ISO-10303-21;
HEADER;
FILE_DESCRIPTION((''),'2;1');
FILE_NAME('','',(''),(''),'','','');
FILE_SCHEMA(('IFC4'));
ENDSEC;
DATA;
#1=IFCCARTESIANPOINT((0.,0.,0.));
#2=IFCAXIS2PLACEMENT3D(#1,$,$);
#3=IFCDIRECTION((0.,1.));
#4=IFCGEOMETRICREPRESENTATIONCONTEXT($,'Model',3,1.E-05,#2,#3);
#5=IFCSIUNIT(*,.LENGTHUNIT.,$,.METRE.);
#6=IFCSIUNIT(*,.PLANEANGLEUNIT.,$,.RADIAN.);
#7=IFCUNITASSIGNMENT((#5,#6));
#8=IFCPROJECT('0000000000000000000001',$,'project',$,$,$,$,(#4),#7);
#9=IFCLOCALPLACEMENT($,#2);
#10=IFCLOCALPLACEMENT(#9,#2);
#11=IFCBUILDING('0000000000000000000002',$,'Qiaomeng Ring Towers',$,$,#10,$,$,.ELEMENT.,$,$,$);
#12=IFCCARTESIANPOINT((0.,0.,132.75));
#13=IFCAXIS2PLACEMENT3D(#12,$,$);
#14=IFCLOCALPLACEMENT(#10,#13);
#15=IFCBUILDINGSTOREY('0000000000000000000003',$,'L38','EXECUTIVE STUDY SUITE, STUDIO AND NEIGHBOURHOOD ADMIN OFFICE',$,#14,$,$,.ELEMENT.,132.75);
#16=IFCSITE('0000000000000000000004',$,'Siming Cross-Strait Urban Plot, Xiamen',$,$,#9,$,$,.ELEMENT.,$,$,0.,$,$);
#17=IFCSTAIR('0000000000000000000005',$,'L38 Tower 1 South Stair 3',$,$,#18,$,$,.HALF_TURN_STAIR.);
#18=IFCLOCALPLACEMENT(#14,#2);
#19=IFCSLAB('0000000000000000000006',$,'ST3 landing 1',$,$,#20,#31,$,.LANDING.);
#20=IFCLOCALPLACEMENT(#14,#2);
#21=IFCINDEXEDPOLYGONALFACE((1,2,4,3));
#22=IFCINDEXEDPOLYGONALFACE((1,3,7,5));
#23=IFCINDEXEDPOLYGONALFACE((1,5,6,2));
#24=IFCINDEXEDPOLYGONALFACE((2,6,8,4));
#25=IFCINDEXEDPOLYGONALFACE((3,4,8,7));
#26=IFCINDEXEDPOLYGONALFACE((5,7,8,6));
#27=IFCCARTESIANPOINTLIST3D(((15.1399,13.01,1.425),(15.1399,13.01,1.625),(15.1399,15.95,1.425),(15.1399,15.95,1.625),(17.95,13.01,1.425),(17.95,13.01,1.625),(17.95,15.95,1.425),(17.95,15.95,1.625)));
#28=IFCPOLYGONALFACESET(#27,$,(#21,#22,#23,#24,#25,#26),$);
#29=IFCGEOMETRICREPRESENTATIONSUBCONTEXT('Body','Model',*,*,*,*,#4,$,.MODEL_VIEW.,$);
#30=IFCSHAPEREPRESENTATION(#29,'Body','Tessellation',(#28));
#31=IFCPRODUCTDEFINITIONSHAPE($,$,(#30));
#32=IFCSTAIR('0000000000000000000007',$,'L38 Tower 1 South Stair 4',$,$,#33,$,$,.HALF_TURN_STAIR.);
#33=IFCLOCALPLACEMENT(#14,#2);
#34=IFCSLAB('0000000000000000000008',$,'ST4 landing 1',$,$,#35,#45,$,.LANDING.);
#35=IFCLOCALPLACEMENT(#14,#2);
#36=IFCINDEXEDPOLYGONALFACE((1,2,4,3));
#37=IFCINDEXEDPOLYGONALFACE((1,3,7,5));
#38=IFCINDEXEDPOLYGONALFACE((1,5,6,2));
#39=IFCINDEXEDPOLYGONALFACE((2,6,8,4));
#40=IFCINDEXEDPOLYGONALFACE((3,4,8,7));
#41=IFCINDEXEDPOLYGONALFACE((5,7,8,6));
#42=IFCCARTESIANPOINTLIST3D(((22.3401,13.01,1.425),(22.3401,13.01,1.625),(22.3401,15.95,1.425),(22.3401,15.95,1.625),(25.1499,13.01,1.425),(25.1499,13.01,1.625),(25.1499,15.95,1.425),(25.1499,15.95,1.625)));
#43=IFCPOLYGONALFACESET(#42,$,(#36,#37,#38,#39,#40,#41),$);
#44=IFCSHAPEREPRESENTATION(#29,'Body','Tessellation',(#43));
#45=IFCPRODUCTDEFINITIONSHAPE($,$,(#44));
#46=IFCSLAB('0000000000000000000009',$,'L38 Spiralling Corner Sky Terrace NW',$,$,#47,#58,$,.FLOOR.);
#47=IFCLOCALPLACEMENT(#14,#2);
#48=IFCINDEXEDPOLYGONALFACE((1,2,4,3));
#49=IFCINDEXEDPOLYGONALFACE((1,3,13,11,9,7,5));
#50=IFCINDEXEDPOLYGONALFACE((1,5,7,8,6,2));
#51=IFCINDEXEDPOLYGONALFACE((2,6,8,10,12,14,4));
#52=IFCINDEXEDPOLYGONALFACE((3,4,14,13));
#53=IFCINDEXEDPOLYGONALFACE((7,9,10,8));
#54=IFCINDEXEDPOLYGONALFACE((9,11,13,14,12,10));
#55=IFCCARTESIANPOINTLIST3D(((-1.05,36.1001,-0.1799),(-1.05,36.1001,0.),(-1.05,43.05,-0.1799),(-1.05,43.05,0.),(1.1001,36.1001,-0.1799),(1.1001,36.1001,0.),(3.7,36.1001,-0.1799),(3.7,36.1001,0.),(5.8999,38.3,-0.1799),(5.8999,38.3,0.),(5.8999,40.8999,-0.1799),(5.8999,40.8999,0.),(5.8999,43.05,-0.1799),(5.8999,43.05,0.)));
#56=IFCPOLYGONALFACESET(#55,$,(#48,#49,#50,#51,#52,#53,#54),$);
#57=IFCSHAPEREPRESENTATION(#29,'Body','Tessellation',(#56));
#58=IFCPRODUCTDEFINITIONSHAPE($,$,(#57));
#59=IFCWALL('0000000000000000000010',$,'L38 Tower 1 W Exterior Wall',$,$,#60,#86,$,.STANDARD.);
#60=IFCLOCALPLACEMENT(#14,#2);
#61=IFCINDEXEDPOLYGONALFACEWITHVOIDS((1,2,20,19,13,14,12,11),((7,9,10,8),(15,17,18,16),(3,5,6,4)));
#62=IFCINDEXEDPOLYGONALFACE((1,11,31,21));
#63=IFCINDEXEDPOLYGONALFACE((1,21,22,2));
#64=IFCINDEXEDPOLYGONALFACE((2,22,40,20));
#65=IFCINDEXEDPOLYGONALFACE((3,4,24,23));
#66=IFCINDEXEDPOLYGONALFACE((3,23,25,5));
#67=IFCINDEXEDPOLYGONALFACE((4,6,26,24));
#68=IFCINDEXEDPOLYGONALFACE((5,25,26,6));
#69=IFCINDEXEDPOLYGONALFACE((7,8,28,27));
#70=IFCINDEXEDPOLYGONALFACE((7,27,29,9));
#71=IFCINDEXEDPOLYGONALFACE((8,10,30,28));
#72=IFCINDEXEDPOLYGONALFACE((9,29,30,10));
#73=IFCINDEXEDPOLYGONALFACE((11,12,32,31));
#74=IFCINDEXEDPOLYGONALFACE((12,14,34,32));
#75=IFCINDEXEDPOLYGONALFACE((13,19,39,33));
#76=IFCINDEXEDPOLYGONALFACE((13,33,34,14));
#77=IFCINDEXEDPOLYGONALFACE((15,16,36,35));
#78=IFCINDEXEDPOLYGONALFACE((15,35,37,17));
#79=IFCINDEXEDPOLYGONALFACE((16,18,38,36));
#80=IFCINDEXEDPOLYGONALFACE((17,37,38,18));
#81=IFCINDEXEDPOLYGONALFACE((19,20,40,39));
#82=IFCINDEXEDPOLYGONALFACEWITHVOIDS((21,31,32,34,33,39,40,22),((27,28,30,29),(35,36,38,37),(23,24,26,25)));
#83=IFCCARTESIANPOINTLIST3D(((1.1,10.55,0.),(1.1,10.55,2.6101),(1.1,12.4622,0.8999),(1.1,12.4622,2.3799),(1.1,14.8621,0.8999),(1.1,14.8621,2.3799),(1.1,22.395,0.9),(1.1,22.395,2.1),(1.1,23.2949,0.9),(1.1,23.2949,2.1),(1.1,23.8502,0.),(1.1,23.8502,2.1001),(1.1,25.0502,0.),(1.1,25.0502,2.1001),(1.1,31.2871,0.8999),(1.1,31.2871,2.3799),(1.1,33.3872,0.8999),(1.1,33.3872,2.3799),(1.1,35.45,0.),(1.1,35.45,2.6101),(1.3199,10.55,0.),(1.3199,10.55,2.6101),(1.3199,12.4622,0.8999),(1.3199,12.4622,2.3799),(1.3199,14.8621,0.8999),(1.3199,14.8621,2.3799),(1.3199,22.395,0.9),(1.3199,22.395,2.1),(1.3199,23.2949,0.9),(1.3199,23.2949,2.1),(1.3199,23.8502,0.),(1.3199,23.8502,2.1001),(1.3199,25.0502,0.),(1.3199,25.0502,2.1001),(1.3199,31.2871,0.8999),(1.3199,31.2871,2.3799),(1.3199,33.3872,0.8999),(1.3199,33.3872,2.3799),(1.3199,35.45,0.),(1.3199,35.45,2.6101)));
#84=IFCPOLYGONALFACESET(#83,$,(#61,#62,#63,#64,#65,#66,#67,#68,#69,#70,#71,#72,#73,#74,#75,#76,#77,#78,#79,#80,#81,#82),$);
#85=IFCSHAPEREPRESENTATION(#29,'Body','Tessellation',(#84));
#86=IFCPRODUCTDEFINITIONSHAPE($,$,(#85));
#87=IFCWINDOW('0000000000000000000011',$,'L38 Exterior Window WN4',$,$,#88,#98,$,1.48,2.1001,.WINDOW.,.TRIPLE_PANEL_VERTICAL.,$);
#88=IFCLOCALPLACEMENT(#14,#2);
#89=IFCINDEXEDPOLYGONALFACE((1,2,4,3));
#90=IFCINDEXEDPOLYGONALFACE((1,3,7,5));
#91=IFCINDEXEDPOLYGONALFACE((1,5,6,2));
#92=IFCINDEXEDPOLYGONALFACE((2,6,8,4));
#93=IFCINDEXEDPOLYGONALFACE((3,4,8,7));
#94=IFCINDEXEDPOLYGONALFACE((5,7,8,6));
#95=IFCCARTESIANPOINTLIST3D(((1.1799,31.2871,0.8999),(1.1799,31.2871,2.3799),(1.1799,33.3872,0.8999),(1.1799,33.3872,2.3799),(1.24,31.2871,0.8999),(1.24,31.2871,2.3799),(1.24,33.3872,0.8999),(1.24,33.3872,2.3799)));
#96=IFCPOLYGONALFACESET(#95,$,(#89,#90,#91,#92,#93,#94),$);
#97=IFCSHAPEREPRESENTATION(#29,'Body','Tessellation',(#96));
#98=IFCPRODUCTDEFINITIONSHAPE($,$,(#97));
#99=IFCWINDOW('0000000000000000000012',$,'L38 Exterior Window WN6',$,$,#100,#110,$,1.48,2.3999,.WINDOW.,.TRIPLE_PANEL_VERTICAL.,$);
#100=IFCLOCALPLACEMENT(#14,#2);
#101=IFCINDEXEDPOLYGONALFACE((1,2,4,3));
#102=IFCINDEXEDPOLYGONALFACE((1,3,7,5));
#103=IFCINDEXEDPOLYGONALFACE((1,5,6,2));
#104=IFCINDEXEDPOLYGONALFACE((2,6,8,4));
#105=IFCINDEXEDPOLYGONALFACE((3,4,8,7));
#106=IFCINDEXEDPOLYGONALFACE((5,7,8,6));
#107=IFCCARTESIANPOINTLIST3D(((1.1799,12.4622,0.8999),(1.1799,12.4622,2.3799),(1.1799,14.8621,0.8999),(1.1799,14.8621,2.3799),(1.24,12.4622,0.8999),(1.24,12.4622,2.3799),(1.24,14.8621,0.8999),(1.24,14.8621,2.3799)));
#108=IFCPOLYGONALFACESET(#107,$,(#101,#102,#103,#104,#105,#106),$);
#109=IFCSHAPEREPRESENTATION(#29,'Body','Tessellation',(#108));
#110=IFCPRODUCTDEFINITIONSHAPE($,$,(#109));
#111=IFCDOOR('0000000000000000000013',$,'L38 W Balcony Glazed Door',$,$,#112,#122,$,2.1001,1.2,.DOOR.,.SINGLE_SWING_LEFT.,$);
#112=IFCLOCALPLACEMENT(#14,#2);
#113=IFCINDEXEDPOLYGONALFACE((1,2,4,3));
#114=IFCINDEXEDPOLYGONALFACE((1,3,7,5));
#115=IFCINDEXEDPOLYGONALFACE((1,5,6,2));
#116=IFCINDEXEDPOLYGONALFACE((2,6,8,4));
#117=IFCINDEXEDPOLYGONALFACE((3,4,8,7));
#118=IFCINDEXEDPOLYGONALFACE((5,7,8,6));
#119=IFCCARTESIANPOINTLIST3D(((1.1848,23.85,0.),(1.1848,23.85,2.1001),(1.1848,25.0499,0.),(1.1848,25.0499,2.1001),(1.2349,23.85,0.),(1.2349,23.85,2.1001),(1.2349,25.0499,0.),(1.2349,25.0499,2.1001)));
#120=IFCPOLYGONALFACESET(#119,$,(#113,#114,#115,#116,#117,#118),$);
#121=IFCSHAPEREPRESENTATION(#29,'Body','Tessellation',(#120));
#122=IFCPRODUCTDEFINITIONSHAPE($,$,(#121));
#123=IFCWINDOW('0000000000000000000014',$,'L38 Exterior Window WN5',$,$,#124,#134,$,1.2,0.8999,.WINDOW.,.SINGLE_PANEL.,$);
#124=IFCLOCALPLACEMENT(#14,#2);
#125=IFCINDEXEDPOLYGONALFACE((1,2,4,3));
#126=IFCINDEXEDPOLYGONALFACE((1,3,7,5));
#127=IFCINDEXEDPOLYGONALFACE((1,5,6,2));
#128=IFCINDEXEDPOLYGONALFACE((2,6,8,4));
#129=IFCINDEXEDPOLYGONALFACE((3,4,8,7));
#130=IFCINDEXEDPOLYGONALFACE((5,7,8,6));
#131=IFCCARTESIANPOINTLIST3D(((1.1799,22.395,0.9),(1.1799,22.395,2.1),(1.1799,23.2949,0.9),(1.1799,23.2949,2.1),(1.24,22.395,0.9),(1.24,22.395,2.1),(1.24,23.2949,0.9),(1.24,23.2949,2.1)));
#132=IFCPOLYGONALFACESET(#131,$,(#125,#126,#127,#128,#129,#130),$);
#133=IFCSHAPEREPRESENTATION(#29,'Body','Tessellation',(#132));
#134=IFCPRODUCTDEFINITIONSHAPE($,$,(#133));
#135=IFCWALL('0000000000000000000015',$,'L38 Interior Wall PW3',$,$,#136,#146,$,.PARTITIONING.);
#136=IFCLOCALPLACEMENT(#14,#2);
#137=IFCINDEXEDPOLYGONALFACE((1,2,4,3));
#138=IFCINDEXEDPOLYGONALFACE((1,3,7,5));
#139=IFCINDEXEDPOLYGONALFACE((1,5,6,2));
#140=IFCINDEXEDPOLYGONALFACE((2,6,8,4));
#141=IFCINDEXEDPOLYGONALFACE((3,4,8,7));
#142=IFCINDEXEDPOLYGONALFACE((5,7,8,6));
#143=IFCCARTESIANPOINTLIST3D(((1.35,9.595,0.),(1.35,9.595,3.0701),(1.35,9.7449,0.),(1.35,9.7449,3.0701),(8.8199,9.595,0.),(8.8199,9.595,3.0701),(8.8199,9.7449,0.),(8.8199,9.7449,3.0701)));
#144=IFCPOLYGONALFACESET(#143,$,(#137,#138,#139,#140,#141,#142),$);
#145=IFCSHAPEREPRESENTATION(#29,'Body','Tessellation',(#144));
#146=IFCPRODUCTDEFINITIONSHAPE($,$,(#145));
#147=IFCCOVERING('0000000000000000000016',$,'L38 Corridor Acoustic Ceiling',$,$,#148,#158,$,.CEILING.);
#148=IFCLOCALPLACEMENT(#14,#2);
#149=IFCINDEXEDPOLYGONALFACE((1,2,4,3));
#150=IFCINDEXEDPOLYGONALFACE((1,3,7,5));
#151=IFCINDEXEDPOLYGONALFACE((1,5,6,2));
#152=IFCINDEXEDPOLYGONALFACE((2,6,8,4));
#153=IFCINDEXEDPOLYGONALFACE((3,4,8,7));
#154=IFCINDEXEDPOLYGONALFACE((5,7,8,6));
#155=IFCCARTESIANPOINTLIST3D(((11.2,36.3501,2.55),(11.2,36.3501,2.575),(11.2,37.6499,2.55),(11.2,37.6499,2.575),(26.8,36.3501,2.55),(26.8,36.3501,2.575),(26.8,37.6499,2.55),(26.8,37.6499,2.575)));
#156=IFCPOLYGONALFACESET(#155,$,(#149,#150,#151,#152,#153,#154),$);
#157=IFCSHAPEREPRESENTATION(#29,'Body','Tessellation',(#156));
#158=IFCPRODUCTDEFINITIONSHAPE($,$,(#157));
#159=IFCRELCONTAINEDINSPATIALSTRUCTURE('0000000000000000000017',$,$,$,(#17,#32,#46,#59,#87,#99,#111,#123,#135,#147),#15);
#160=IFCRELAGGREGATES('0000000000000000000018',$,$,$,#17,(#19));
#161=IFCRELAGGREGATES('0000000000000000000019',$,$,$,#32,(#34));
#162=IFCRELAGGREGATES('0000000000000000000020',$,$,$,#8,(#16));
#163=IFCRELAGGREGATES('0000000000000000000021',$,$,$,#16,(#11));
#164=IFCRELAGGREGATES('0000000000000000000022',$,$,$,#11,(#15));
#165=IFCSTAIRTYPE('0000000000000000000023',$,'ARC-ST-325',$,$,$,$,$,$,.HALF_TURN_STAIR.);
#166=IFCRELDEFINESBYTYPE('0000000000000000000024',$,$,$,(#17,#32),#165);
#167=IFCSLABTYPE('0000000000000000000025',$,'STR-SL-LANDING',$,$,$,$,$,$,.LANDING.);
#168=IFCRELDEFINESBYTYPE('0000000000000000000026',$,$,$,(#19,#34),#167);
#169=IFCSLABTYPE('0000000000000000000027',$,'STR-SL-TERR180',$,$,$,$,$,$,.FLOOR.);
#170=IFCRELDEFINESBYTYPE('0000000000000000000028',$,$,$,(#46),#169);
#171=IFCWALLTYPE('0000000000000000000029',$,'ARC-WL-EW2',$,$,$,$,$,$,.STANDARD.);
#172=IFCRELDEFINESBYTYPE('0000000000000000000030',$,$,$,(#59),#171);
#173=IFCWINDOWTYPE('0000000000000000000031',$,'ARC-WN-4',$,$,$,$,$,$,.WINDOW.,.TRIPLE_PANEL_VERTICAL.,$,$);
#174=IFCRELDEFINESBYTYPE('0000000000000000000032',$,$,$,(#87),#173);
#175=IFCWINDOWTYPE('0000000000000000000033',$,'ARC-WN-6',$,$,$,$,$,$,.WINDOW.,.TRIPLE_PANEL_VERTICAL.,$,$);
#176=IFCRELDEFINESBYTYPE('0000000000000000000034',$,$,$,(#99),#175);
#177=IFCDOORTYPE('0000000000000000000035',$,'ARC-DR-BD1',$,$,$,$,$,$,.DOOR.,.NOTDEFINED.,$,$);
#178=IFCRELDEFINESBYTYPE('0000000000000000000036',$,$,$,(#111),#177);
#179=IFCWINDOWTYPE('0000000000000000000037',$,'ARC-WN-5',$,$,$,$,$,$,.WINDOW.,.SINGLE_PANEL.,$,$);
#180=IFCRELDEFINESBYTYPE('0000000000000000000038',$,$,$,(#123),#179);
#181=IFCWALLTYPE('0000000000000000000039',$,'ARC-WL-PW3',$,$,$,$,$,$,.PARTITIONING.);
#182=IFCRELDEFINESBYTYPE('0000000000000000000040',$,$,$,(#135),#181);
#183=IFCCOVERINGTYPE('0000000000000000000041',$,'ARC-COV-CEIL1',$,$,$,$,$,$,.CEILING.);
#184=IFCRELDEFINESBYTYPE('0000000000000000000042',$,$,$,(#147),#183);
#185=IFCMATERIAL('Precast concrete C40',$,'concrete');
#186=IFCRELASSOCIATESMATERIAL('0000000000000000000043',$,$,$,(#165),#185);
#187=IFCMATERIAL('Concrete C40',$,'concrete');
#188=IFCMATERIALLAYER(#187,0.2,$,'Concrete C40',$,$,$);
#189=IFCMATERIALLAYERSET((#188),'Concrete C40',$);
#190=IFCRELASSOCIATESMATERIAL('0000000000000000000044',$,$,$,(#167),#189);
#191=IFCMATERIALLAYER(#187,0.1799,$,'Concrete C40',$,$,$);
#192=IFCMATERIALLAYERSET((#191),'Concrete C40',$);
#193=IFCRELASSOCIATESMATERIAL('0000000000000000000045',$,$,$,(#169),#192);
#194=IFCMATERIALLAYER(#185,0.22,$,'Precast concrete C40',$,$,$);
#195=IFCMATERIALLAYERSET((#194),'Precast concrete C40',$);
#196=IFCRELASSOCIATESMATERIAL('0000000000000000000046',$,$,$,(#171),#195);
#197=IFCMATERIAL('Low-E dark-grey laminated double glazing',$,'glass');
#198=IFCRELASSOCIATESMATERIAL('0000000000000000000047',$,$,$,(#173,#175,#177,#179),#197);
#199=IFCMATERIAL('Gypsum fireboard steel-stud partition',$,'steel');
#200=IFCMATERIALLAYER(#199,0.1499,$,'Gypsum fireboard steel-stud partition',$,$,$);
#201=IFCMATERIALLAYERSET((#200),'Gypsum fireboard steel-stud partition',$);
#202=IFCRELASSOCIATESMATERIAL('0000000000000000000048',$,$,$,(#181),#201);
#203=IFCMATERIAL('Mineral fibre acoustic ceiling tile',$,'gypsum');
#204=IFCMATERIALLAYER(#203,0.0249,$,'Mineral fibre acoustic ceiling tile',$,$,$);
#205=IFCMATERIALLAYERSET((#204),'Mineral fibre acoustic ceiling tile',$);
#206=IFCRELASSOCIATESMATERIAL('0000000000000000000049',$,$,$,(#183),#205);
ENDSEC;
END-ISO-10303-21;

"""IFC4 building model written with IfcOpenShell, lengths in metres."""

from ifc_helpers import new_model, si_unit, direction, frame, frame_2d, origin, place, context, subcontext, project, spatial, polyline, rectangle, outline, extrude, source, transform, mapped, material, layer, layer_set, type_object, element, fill, aggregate, save


model = new_model("IFC4")

# Units and contexts
model_context = context("Model", 3, precision=1e-05, world=origin(), true_north=direction((0.0, 1.0)))
body_context = subcontext(model_context, "Body", "Model", "MODEL_VIEW")
ifc_project = project(units=[si_unit("LENGTHUNIT", "METRE"), si_unit("PLANEANGLEUNIT", "RADIAN")], contexts=[model_context])

# Site, building, storey
site_placement = place(None, origin())
site = spatial("IfcSite", under=ifc_project, at=site_placement, Name="Siming Cross-Strait Urban Plot, Xiamen", CompositionType="ELEMENT", RefElevation=0.0)
building_placement = place(site_placement, origin())
building = spatial("IfcBuilding", under=site, at=building_placement, Name="Qiaomeng Ring Towers", CompositionType="ELEMENT")
storey_placement = place(building_placement, frame((0.0, 0.0, 132.75)))
storey = spatial("IfcBuildingStorey", under=building, at=storey_placement, Name="L38", Description="EXECUTIVE STUDY SUITE, STUDIO AND NEIGHBOURHOOD ADMIN OFFICE", CompositionType="ELEMENT", Elevation=132.75)

# Shared definitions
ifc_material_1 = material(Name="Concrete C40", Category="concrete")

# Stairs, slabs
ifc_material_2 = material(Name="Precast concrete C40", Category="concrete")
stair_type = type_object("IfcStairType", Name="ARC-ST-325", PredefinedType="HALF_TURN_STAIR", material=ifc_material_2)
ifc_layer_1 = layer(ifc_material_1, 0.2, Name="Concrete C40")
ifc_layer_set_1 = layer_set([ifc_layer_1], Name="Concrete C40")
slab_type_1 = type_object("IfcSlabType", Name="STR-SL-LANDING", PredefinedType="LANDING", material=ifc_layer_set_1)
stair_1_placement = place(storey_placement, origin())
stair_1 = element("IfcStair", 1, at=stair_1_placement, inside=storey, type_object=stair_type, Name="L38 Tower 1 South Stair 3", PredefinedType="HALF_TURN_STAIR")
slab_1_placement = place(storey_placement, frame((0.0, 0.0, 1.425)))
slab_1 = element("IfcSlab", 2, at=slab_1_placement, type_object=slab_type_1, Name="ST3 landing 1", PredefinedType="LANDING", context=body_context, shape_type="SweptSolid", body=[
    extrude(outline(polyline([(15.1399, 13.01), (17.95, 13.01), (17.95, 15.95), (15.1399, 15.95), (15.1399, 13.01)])), origin(), (0.0, 0.0, 1.0), 0.2),
])
aggregate(stair_1, [slab_1])
stair_2_placement = place(storey_placement, origin())
stair_2 = element("IfcStair", 3, at=stair_2_placement, inside=storey, type_object=stair_type, Name="L38 Tower 1 South Stair 4", PredefinedType="HALF_TURN_STAIR")
slab_2_placement = place(storey_placement, frame((0.0, 0.0, 1.425)))
slab_2 = element("IfcSlab", 4, at=slab_2_placement, type_object=slab_type_1, Name="ST4 landing 1", PredefinedType="LANDING", context=body_context, shape_type="SweptSolid", body=[
    extrude(outline(polyline([(22.3401, 13.01), (25.1499, 13.01), (25.1499, 15.95), (22.3401, 15.95), (22.3401, 13.01)])), origin(), (0.0, 0.0, 1.0), 0.2),
])
aggregate(stair_2, [slab_2])

# Slab
ifc_layer_2 = layer(ifc_material_1, 0.1799, Name="Concrete C40")
ifc_layer_set_2 = layer_set([ifc_layer_2], Name="Concrete C40")
slab_type_2 = type_object("IfcSlabType", Name="STR-SL-TERR180", PredefinedType="FLOOR", material=ifc_layer_set_2)
slab_3_placement = place(storey_placement, frame((0.0, 0.0, -0.1799)))
element("IfcSlab", 5, at=slab_3_placement, inside=storey, type_object=slab_type_2, Name="L38 Spiralling Corner Sky Terrace NW", PredefinedType="FLOOR", context=body_context, shape_type="SweptSolid", body=[
    extrude(outline(polyline([(-1.05, 36.1001), (-1.05, 43.05), (5.8999, 43.05), (5.8999, 40.8999), (5.8999, 40.8999), (5.8999, 38.3), (3.7, 36.1001), (1.1001, 36.1001), (-1.05, 36.1001)])), origin(), (0.0, 0.0, 1.0), 0.1799),
])

# Wall, openings, windows, door
ifc_layer_3 = layer(ifc_material_2, 0.22, Name="Precast concrete C40")
ifc_layer_set_3 = layer_set([ifc_layer_3], Name="Precast concrete C40")
wall_type_1 = type_object("IfcWallType", Name="ARC-WL-EW2", PredefinedType="STANDARD", material=ifc_layer_set_3)
wall_1_placement = place(storey_placement, frame((1.21, 10.55, 0.0), z_axis=(0.0, 0.0, 1.0), x_axis=(0.0, 1.0, 0.0)))
wall_1 = element("IfcWall", 6, at=wall_1_placement, inside=storey, type_object=wall_type_1, Name="L38 Tower 1 W Exterior Wall", PredefinedType="STANDARD", context=body_context, shape_type="SweptSolid", body=[
    extrude(rectangle(XDim=24.8999, YDim=0.22, at=frame_2d((12.45, 0.0))), origin(), (0.0, 0.0, 1.0), 2.6101),
])
opening_1_placement = place(wall_1_placement, frame((13.3, 0.0, 0.0)))
opening_1 = element("IfcOpeningElement", 7, at=opening_1_placement, cuts=wall_1, PredefinedType="OPENING", context=body_context, shape_type="SweptSolid", body=[
    extrude(rectangle(XDim=1.2, YDim=2.1001, at=frame_2d((0.6001, 1.05))), frame((0.0, 0.1199, 0.0), z_axis=(0.0, -1.0, 0.0), x_axis=(1.0, 0.0, 0.0)), (0.0, 0.0, 1.0), 0.24),
])
opening_2_placement = place(wall_1_placement, frame((1.9121, 0.0, 0.8999)))
opening_2 = element("IfcOpeningElement", 8, at=opening_2_placement, cuts=wall_1, PredefinedType="OPENING", context=body_context, shape_type="SweptSolid", body=[
    extrude(rectangle(XDim=2.3999, YDim=1.48, at=frame_2d((1.2, 0.74))), frame((0.0, 0.1199, 0.0), z_axis=(0.0, -1.0, 0.0), x_axis=(1.0, 0.0, 0.0)), (0.0, 0.0, 1.0), 0.24),
])
opening_3_placement = place(wall_1_placement, frame((20.7371, 0.0, 0.8999)))
opening_3 = element("IfcOpeningElement", 9, at=opening_3_placement, cuts=wall_1, PredefinedType="OPENING", context=body_context, shape_type="SweptSolid", body=[
    extrude(rectangle(XDim=2.1001, YDim=1.48, at=frame_2d((1.05, 0.74))), frame((0.0, 0.1199, 0.0), z_axis=(0.0, -1.0, 0.0), x_axis=(1.0, 0.0, 0.0)), (0.0, 0.0, 1.0), 0.24),
])
opening_4_placement = place(wall_1_placement, frame((11.845, 0.0, 0.8999)))
opening_4 = element("IfcOpeningElement", 10, at=opening_4_placement, cuts=wall_1, PredefinedType="OPENING", context=body_context, shape_type="SweptSolid", body=[
    extrude(rectangle(XDim=0.8999, YDim=1.2, at=frame_2d((0.45, 0.6001))), frame((0.0, 0.1199, 0.0), z_axis=(0.0, -1.0, 0.0), x_axis=(1.0, 0.0, 0.0)), (0.0, 0.0, 1.0), 0.24),
])
ifc_material_3 = material(Name="Low-E dark-grey laminated double glazing", Category="glass")
window_type_1 = type_object("IfcWindowType", Name="ARC-WN-4", PartitioningType="TRIPLE_PANEL_VERTICAL", PredefinedType="WINDOW", material=ifc_material_3)
shared_shape_1 = source(origin(), body_context, "Body", "SweptSolid", [
    extrude(rectangle(XDim=2.1001, YDim=1.48, at=frame_2d((1.05, 0.74))), frame((0.0, 0.03, 0.0), z_axis=(0.0, -1.0, 0.0), x_axis=(1.0, 0.0, 0.0)), (0.0, 0.0, 1.0), 0.0601),
])
window_1_placement = place(opening_3_placement, origin())
window_1 = element("IfcWindow", 11, at=window_1_placement, inside=storey, type_object=window_type_1, Name="L38 Exterior Window WN4", OverallHeight=1.48, OverallWidth=2.1001, PartitioningType="TRIPLE_PANEL_VERTICAL", PredefinedType="WINDOW", context=body_context, shape_type="MappedRepresentation", body=[
    mapped(shared_shape_1, transform((0.0, 0.0, 0.0), x_axis=(1.0, 0.0, 0.0), y_axis=(0.0, 1.0, 0.0), z_axis=(0.0, 0.0, 1.0), scale=1.0)),
])
fill(opening_3, window_1)
window_type_2 = type_object("IfcWindowType", Name="ARC-WN-6", PartitioningType="TRIPLE_PANEL_VERTICAL", PredefinedType="WINDOW", material=ifc_material_3)
shared_shape_2 = source(origin(), body_context, "Body", "SweptSolid", [
    extrude(rectangle(XDim=2.3999, YDim=1.48, at=frame_2d((1.2, 0.74))), frame((0.0, 0.03, 0.0), z_axis=(0.0, -1.0, 0.0), x_axis=(1.0, 0.0, 0.0)), (0.0, 0.0, 1.0), 0.0601),
])
window_2_placement = place(opening_2_placement, origin())
window_2 = element("IfcWindow", 12, at=window_2_placement, inside=storey, type_object=window_type_2, Name="L38 Exterior Window WN6", OverallHeight=1.48, OverallWidth=2.3999, PartitioningType="TRIPLE_PANEL_VERTICAL", PredefinedType="WINDOW", context=body_context, shape_type="MappedRepresentation", body=[
    mapped(shared_shape_2, transform((0.0, 0.0, 0.0), x_axis=(1.0, 0.0, 0.0), y_axis=(0.0, 1.0, 0.0), z_axis=(0.0, 0.0, 1.0), scale=1.0)),
])
fill(opening_2, window_2)
door_type = type_object("IfcDoorType", Name="ARC-DR-BD1", OperationType="NOTDEFINED", PredefinedType="DOOR", material=ifc_material_3)
shared_shape_3 = source(origin(), body_context, "Body", "SweptSolid", [
    extrude(rectangle(XDim=1.2, YDim=2.1001, at=frame_2d((0.6001, 1.05))), frame((0.0, 0.0249, 0.0), z_axis=(0.0, -1.0, 0.0), x_axis=(1.0, 0.0, 0.0)), (0.0, 0.0, 1.0), 0.05),
])
door_placement = place(opening_1_placement, frame((1.2, 0.0, 0.0), z_axis=(0.0, 0.0, 1.0), x_axis=(-1.0, 0.0, 0.0)))
door = element("IfcDoor", 13, at=door_placement, inside=storey, type_object=door_type, Name="L38 W Balcony Glazed Door", OperationType="SINGLE_SWING_LEFT", OverallHeight=2.1001, OverallWidth=1.2, PredefinedType="DOOR", context=body_context, shape_type="MappedRepresentation", body=[
    mapped(shared_shape_3, transform((0.0, 0.0, 0.0), x_axis=(1.0, 0.0, 0.0), y_axis=(0.0, 1.0, 0.0), z_axis=(0.0, 0.0, 1.0), scale=1.0)),
])
fill(opening_1, door)
window_type_3 = type_object("IfcWindowType", Name="ARC-WN-5", PartitioningType="SINGLE_PANEL", PredefinedType="WINDOW", material=ifc_material_3)
shared_shape_4 = source(origin(), body_context, "Body", "SweptSolid", [
    extrude(rectangle(XDim=0.8999, YDim=1.2, at=frame_2d((0.45, 0.6001))), frame((0.0, 0.03, 0.0), z_axis=(0.0, -1.0, 0.0), x_axis=(1.0, 0.0, 0.0)), (0.0, 0.0, 1.0), 0.0601),
])
window_3_placement = place(opening_4_placement, origin())
window_3 = element("IfcWindow", 14, at=window_3_placement, inside=storey, type_object=window_type_3, Name="L38 Exterior Window WN5", OverallHeight=1.2, OverallWidth=0.8999, PartitioningType="SINGLE_PANEL", PredefinedType="WINDOW", context=body_context, shape_type="MappedRepresentation", body=[
    mapped(shared_shape_4, transform((0.0, 0.0, 0.0), x_axis=(1.0, 0.0, 0.0), y_axis=(0.0, 1.0, 0.0), z_axis=(0.0, 0.0, 1.0), scale=1.0)),
])
fill(opening_4, window_3)

# Wall
ifc_material_4 = material(Name="Gypsum fireboard steel-stud partition", Category="steel")
ifc_layer_4 = layer(ifc_material_4, 0.1499, Name="Gypsum fireboard steel-stud partition")
ifc_layer_set_4 = layer_set([ifc_layer_4], Name="Gypsum fireboard steel-stud partition")
wall_type_2 = type_object("IfcWallType", Name="ARC-WL-PW3", PredefinedType="PARTITIONING", material=ifc_layer_set_4)
wall_2_placement = place(storey_placement, frame((1.3501, 9.6699, 0.0), z_axis=(0.0, 0.0, 1.0), x_axis=(1.0, 0.0, 0.0)))
element("IfcWall", 15, at=wall_2_placement, inside=storey, type_object=wall_type_2, Name="L38 Interior Wall PW3", PredefinedType="PARTITIONING", context=body_context, shape_type="SweptSolid", body=[
    extrude(rectangle(XDim=7.47, YDim=0.1499, at=frame_2d((3.7349, 0.0))), origin(), (0.0, 0.0, 1.0), 3.0701),
])

# Covering
ifc_material_5 = material(Name="Mineral fibre acoustic ceiling tile", Category="gypsum")
ifc_layer_5 = layer(ifc_material_5, 0.0249, Name="Mineral fibre acoustic ceiling tile")
ifc_layer_set_5 = layer_set([ifc_layer_5], Name="Mineral fibre acoustic ceiling tile")
covering_type_1 = type_object("IfcCoveringType", Name="ARC-COV-CEIL1", PredefinedType="CEILING", material=ifc_layer_set_5)
covering_1_placement = place(storey_placement, frame((0.0, 0.0, 2.55)))
element("IfcCovering", 16, at=covering_1_placement, inside=storey, type_object=covering_type_1, Name="L38 Corridor Acoustic Ceiling", PredefinedType="CEILING", context=body_context, shape_type="SweptSolid", body=[
    extrude(outline(polyline([(11.2, 36.3501), (11.2, 37.6499), (26.8, 37.6499), (26.8, 36.3501), (11.2, 36.3501)])), origin(), (0.0, 0.0, 1.0), 0.0249),
])

save(model, "model.ifc")
